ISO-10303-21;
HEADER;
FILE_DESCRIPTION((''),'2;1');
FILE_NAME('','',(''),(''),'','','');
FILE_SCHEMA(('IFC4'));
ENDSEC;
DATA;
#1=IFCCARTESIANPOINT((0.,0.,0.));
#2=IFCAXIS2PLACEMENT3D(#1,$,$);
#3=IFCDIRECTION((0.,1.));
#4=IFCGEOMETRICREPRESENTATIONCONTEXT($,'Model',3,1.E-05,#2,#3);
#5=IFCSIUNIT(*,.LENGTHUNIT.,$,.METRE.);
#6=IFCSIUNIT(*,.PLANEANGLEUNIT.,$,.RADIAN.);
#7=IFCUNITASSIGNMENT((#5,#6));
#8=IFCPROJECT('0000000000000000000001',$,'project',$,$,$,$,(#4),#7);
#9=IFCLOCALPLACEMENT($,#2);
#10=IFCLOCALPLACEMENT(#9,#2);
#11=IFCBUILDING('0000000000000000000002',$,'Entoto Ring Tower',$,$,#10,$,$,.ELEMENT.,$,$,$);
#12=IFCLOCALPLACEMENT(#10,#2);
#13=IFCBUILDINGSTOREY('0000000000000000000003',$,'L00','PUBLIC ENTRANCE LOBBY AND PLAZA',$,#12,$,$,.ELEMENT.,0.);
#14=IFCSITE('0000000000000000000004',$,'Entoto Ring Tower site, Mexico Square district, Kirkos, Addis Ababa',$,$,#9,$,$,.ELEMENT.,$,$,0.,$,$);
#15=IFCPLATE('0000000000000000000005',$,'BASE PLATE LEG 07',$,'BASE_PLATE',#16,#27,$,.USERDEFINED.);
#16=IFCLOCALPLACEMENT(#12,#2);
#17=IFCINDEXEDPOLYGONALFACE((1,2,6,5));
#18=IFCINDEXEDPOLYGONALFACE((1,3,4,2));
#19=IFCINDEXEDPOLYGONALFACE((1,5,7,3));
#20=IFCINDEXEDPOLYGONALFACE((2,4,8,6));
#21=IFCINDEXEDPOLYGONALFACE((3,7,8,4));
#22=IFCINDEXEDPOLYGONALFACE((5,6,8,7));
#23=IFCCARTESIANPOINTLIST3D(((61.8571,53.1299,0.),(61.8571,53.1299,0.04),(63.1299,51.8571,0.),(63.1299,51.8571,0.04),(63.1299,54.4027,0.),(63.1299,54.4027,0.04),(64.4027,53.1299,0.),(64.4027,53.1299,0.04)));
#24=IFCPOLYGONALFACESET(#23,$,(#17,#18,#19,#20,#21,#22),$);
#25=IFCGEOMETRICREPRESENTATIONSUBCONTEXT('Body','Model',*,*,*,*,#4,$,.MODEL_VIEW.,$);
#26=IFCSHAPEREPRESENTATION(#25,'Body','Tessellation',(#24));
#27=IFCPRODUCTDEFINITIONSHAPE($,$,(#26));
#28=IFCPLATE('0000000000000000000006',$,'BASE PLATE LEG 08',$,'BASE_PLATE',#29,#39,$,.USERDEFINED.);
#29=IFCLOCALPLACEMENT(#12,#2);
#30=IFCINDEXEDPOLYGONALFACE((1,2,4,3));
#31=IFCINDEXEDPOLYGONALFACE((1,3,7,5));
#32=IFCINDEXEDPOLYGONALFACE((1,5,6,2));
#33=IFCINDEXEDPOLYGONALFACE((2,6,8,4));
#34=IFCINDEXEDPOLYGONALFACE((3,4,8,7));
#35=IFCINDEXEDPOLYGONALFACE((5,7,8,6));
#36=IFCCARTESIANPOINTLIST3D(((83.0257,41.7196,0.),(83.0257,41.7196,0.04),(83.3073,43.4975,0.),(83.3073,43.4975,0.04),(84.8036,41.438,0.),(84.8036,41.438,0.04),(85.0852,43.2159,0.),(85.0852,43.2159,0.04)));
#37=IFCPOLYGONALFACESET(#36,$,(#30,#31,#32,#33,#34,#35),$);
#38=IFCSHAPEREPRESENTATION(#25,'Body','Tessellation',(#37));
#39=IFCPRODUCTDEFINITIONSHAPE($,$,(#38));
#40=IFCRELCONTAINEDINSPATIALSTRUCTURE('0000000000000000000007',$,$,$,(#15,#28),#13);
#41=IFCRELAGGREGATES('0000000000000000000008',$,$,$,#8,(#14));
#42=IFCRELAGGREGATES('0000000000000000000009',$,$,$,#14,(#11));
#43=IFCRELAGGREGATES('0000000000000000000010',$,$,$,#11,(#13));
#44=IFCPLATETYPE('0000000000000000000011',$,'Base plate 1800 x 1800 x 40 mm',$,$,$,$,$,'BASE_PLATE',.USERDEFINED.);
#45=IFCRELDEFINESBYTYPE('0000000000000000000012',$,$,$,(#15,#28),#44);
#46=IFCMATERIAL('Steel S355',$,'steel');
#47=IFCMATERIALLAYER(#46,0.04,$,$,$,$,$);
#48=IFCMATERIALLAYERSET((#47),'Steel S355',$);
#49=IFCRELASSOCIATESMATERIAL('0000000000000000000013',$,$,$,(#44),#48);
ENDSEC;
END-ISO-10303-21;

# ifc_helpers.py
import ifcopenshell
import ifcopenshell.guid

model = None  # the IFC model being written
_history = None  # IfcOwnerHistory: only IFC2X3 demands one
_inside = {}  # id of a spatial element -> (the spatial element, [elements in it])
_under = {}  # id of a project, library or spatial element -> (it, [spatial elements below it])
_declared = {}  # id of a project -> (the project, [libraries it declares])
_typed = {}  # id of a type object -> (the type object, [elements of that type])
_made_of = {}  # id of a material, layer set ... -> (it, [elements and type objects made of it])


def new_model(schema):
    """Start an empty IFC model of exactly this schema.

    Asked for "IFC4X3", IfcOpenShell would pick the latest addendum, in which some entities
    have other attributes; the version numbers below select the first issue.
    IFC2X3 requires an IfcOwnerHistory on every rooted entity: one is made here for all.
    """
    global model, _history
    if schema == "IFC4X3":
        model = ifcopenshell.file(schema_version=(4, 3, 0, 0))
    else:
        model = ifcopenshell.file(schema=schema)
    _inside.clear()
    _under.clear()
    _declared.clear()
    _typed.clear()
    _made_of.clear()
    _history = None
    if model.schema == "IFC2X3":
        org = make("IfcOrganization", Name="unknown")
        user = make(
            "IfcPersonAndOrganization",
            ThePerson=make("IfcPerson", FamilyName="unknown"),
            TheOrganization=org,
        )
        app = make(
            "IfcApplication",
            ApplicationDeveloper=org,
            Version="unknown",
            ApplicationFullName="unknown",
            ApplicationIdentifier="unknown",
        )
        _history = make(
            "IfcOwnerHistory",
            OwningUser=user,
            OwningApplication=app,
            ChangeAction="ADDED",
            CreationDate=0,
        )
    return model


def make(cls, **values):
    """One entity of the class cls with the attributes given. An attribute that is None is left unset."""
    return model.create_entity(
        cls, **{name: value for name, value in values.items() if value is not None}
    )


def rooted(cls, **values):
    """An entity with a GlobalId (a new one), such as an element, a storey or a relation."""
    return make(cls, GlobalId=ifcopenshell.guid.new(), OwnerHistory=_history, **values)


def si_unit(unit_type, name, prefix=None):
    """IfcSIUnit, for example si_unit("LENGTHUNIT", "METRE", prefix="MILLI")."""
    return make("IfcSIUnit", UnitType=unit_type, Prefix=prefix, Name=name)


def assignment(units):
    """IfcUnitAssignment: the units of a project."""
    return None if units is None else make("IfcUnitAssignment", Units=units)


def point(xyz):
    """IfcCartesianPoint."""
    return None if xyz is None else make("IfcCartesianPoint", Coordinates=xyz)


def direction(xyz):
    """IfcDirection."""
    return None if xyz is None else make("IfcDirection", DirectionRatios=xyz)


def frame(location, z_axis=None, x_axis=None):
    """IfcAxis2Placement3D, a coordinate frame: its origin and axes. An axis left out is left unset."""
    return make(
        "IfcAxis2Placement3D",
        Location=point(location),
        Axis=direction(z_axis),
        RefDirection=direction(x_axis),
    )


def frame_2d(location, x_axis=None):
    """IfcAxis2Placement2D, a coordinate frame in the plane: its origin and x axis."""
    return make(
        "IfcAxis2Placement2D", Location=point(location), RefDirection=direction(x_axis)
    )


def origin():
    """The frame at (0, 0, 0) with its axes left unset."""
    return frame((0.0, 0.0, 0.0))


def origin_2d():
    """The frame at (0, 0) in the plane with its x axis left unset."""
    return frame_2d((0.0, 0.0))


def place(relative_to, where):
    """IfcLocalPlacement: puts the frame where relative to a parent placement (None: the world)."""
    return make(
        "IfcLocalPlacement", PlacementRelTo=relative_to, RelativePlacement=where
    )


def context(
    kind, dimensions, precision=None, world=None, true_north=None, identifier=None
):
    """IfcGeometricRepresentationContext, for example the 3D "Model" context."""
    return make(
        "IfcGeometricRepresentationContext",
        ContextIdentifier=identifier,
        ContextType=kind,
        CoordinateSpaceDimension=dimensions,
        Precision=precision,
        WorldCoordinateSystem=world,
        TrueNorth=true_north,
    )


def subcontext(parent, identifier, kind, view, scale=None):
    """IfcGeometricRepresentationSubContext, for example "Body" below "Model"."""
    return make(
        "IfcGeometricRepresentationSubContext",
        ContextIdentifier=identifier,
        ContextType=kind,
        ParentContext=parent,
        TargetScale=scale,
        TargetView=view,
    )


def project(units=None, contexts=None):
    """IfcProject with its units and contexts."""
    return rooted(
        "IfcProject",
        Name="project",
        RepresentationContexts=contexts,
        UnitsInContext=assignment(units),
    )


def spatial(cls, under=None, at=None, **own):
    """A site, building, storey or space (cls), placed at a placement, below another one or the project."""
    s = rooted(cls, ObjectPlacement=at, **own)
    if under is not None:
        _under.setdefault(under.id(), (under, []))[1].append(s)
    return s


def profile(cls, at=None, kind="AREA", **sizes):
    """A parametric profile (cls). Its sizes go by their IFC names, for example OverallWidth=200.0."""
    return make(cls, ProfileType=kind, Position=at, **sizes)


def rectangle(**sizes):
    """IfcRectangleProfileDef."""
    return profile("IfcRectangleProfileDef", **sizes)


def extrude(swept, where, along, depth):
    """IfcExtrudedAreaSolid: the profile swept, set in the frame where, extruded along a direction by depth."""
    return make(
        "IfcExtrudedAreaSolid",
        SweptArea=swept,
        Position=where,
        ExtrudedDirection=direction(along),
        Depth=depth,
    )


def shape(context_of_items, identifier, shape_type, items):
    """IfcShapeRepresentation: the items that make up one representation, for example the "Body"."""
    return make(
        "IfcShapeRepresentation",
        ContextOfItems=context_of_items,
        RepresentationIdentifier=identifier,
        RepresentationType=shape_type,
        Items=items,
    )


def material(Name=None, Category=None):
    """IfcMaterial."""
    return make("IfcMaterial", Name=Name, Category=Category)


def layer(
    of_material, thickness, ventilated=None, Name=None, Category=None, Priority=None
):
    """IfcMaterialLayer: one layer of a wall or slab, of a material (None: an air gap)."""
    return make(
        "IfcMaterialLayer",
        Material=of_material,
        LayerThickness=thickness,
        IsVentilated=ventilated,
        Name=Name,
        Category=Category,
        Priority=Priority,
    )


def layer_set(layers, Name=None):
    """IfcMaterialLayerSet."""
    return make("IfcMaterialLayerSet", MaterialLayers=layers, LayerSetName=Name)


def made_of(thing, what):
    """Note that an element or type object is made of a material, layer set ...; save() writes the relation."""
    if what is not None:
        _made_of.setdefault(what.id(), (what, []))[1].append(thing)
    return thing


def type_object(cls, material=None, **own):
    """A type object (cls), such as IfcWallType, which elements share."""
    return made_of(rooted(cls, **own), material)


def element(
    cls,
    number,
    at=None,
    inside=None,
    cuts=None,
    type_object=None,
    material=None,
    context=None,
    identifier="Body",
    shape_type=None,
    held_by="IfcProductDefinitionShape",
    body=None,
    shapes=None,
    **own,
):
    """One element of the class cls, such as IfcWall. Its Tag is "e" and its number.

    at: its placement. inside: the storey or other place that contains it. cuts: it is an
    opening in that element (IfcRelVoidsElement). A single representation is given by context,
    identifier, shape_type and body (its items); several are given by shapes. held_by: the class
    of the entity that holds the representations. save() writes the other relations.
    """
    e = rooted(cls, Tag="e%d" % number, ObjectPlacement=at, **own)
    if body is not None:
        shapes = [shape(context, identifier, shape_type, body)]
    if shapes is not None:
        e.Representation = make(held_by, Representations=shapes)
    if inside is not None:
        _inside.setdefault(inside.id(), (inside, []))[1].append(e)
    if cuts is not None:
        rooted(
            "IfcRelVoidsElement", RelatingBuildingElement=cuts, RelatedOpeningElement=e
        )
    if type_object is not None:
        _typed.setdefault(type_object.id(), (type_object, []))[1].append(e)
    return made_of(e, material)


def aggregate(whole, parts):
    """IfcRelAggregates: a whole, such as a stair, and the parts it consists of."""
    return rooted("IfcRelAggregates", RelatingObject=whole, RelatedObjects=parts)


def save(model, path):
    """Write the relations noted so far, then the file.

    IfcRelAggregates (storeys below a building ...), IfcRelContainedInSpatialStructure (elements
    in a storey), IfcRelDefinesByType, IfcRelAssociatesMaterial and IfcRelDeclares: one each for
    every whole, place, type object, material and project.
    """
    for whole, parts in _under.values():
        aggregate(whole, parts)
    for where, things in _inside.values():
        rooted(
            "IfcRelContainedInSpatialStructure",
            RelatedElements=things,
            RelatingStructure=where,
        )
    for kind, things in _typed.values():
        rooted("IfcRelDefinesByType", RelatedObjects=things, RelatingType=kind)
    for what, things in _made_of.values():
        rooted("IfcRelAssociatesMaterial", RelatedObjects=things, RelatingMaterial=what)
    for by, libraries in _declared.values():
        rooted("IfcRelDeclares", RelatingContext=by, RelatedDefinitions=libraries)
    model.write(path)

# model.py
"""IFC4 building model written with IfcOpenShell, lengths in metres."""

from ifc_helpers import new_model, si_unit, direction, frame, origin, origin_2d, place, context, subcontext, project, spatial, rectangle, extrude, material, layer, layer_set, type_object, element, save


model = new_model("IFC4")

# Units and contexts
model_context = context("Model", 3, precision=1e-05, world=origin(), true_north=direction((0.0, 1.0)))
body_context = subcontext(model_context, "Body", "Model", "MODEL_VIEW")
ifc_project = project(units=[si_unit("LENGTHUNIT", "METRE"), si_unit("PLANEANGLEUNIT", "RADIAN")], contexts=[model_context])

# Site, building, storey
site_placement = place(None, origin())
site = spatial("IfcSite", under=ifc_project, at=site_placement, Name="Entoto Ring Tower site, Mexico Square district, Kirkos, Addis Ababa", CompositionType="ELEMENT", RefElevation=0.0)
building_placement = place(site_placement, origin())
building = spatial("IfcBuilding", under=site, at=building_placement, Name="Entoto Ring Tower", CompositionType="ELEMENT")
storey_placement = place(building_placement, origin())
storey = spatial("IfcBuildingStorey", under=building, at=storey_placement, Name="L00", Description="PUBLIC ENTRANCE LOBBY AND PLAZA", CompositionType="ELEMENT", Elevation=0.0)

# Plates
ifc_material_1 = material(Name="Steel S355", Category="steel")
ifc_layer_1 = layer(ifc_material_1, 0.04)
ifc_layer_set_1 = layer_set([ifc_layer_1], Name="Steel S355")
plate_type = type_object("IfcPlateType", Name="Base plate 1800 x 1800 x 40 mm", ElementType="BASE_PLATE", PredefinedType="USERDEFINED", material=ifc_layer_set_1)
for number, where, z_axis, x_axis, name in (
    (1, (63.1299, 53.1299, 0.0), (0.0, 0.0, 1.0), (-0.707107, -0.707107, 0.0), "BASE PLATE LEG 07"),
    (2, (84.0554, 42.4678, 0.0), (0.0, 0.0, 1.0), (-0.156434, -0.987688, 0.0), "BASE PLATE LEG 08"),
):
    element("IfcPlate", number, at=place(storey_placement, frame(where, z_axis=z_axis, x_axis=x_axis)), inside=storey, type_object=plate_type, Name=name, ObjectType="BASE_PLATE", PredefinedType="USERDEFINED", context=body_context, shape_type="SweptSolid", body=[
        extrude(rectangle(XDim=1.8, YDim=1.8, at=origin_2d()), origin(), (0.0, 0.0, 1.0), 0.04),
    ])

save(model, "model.ifc")
